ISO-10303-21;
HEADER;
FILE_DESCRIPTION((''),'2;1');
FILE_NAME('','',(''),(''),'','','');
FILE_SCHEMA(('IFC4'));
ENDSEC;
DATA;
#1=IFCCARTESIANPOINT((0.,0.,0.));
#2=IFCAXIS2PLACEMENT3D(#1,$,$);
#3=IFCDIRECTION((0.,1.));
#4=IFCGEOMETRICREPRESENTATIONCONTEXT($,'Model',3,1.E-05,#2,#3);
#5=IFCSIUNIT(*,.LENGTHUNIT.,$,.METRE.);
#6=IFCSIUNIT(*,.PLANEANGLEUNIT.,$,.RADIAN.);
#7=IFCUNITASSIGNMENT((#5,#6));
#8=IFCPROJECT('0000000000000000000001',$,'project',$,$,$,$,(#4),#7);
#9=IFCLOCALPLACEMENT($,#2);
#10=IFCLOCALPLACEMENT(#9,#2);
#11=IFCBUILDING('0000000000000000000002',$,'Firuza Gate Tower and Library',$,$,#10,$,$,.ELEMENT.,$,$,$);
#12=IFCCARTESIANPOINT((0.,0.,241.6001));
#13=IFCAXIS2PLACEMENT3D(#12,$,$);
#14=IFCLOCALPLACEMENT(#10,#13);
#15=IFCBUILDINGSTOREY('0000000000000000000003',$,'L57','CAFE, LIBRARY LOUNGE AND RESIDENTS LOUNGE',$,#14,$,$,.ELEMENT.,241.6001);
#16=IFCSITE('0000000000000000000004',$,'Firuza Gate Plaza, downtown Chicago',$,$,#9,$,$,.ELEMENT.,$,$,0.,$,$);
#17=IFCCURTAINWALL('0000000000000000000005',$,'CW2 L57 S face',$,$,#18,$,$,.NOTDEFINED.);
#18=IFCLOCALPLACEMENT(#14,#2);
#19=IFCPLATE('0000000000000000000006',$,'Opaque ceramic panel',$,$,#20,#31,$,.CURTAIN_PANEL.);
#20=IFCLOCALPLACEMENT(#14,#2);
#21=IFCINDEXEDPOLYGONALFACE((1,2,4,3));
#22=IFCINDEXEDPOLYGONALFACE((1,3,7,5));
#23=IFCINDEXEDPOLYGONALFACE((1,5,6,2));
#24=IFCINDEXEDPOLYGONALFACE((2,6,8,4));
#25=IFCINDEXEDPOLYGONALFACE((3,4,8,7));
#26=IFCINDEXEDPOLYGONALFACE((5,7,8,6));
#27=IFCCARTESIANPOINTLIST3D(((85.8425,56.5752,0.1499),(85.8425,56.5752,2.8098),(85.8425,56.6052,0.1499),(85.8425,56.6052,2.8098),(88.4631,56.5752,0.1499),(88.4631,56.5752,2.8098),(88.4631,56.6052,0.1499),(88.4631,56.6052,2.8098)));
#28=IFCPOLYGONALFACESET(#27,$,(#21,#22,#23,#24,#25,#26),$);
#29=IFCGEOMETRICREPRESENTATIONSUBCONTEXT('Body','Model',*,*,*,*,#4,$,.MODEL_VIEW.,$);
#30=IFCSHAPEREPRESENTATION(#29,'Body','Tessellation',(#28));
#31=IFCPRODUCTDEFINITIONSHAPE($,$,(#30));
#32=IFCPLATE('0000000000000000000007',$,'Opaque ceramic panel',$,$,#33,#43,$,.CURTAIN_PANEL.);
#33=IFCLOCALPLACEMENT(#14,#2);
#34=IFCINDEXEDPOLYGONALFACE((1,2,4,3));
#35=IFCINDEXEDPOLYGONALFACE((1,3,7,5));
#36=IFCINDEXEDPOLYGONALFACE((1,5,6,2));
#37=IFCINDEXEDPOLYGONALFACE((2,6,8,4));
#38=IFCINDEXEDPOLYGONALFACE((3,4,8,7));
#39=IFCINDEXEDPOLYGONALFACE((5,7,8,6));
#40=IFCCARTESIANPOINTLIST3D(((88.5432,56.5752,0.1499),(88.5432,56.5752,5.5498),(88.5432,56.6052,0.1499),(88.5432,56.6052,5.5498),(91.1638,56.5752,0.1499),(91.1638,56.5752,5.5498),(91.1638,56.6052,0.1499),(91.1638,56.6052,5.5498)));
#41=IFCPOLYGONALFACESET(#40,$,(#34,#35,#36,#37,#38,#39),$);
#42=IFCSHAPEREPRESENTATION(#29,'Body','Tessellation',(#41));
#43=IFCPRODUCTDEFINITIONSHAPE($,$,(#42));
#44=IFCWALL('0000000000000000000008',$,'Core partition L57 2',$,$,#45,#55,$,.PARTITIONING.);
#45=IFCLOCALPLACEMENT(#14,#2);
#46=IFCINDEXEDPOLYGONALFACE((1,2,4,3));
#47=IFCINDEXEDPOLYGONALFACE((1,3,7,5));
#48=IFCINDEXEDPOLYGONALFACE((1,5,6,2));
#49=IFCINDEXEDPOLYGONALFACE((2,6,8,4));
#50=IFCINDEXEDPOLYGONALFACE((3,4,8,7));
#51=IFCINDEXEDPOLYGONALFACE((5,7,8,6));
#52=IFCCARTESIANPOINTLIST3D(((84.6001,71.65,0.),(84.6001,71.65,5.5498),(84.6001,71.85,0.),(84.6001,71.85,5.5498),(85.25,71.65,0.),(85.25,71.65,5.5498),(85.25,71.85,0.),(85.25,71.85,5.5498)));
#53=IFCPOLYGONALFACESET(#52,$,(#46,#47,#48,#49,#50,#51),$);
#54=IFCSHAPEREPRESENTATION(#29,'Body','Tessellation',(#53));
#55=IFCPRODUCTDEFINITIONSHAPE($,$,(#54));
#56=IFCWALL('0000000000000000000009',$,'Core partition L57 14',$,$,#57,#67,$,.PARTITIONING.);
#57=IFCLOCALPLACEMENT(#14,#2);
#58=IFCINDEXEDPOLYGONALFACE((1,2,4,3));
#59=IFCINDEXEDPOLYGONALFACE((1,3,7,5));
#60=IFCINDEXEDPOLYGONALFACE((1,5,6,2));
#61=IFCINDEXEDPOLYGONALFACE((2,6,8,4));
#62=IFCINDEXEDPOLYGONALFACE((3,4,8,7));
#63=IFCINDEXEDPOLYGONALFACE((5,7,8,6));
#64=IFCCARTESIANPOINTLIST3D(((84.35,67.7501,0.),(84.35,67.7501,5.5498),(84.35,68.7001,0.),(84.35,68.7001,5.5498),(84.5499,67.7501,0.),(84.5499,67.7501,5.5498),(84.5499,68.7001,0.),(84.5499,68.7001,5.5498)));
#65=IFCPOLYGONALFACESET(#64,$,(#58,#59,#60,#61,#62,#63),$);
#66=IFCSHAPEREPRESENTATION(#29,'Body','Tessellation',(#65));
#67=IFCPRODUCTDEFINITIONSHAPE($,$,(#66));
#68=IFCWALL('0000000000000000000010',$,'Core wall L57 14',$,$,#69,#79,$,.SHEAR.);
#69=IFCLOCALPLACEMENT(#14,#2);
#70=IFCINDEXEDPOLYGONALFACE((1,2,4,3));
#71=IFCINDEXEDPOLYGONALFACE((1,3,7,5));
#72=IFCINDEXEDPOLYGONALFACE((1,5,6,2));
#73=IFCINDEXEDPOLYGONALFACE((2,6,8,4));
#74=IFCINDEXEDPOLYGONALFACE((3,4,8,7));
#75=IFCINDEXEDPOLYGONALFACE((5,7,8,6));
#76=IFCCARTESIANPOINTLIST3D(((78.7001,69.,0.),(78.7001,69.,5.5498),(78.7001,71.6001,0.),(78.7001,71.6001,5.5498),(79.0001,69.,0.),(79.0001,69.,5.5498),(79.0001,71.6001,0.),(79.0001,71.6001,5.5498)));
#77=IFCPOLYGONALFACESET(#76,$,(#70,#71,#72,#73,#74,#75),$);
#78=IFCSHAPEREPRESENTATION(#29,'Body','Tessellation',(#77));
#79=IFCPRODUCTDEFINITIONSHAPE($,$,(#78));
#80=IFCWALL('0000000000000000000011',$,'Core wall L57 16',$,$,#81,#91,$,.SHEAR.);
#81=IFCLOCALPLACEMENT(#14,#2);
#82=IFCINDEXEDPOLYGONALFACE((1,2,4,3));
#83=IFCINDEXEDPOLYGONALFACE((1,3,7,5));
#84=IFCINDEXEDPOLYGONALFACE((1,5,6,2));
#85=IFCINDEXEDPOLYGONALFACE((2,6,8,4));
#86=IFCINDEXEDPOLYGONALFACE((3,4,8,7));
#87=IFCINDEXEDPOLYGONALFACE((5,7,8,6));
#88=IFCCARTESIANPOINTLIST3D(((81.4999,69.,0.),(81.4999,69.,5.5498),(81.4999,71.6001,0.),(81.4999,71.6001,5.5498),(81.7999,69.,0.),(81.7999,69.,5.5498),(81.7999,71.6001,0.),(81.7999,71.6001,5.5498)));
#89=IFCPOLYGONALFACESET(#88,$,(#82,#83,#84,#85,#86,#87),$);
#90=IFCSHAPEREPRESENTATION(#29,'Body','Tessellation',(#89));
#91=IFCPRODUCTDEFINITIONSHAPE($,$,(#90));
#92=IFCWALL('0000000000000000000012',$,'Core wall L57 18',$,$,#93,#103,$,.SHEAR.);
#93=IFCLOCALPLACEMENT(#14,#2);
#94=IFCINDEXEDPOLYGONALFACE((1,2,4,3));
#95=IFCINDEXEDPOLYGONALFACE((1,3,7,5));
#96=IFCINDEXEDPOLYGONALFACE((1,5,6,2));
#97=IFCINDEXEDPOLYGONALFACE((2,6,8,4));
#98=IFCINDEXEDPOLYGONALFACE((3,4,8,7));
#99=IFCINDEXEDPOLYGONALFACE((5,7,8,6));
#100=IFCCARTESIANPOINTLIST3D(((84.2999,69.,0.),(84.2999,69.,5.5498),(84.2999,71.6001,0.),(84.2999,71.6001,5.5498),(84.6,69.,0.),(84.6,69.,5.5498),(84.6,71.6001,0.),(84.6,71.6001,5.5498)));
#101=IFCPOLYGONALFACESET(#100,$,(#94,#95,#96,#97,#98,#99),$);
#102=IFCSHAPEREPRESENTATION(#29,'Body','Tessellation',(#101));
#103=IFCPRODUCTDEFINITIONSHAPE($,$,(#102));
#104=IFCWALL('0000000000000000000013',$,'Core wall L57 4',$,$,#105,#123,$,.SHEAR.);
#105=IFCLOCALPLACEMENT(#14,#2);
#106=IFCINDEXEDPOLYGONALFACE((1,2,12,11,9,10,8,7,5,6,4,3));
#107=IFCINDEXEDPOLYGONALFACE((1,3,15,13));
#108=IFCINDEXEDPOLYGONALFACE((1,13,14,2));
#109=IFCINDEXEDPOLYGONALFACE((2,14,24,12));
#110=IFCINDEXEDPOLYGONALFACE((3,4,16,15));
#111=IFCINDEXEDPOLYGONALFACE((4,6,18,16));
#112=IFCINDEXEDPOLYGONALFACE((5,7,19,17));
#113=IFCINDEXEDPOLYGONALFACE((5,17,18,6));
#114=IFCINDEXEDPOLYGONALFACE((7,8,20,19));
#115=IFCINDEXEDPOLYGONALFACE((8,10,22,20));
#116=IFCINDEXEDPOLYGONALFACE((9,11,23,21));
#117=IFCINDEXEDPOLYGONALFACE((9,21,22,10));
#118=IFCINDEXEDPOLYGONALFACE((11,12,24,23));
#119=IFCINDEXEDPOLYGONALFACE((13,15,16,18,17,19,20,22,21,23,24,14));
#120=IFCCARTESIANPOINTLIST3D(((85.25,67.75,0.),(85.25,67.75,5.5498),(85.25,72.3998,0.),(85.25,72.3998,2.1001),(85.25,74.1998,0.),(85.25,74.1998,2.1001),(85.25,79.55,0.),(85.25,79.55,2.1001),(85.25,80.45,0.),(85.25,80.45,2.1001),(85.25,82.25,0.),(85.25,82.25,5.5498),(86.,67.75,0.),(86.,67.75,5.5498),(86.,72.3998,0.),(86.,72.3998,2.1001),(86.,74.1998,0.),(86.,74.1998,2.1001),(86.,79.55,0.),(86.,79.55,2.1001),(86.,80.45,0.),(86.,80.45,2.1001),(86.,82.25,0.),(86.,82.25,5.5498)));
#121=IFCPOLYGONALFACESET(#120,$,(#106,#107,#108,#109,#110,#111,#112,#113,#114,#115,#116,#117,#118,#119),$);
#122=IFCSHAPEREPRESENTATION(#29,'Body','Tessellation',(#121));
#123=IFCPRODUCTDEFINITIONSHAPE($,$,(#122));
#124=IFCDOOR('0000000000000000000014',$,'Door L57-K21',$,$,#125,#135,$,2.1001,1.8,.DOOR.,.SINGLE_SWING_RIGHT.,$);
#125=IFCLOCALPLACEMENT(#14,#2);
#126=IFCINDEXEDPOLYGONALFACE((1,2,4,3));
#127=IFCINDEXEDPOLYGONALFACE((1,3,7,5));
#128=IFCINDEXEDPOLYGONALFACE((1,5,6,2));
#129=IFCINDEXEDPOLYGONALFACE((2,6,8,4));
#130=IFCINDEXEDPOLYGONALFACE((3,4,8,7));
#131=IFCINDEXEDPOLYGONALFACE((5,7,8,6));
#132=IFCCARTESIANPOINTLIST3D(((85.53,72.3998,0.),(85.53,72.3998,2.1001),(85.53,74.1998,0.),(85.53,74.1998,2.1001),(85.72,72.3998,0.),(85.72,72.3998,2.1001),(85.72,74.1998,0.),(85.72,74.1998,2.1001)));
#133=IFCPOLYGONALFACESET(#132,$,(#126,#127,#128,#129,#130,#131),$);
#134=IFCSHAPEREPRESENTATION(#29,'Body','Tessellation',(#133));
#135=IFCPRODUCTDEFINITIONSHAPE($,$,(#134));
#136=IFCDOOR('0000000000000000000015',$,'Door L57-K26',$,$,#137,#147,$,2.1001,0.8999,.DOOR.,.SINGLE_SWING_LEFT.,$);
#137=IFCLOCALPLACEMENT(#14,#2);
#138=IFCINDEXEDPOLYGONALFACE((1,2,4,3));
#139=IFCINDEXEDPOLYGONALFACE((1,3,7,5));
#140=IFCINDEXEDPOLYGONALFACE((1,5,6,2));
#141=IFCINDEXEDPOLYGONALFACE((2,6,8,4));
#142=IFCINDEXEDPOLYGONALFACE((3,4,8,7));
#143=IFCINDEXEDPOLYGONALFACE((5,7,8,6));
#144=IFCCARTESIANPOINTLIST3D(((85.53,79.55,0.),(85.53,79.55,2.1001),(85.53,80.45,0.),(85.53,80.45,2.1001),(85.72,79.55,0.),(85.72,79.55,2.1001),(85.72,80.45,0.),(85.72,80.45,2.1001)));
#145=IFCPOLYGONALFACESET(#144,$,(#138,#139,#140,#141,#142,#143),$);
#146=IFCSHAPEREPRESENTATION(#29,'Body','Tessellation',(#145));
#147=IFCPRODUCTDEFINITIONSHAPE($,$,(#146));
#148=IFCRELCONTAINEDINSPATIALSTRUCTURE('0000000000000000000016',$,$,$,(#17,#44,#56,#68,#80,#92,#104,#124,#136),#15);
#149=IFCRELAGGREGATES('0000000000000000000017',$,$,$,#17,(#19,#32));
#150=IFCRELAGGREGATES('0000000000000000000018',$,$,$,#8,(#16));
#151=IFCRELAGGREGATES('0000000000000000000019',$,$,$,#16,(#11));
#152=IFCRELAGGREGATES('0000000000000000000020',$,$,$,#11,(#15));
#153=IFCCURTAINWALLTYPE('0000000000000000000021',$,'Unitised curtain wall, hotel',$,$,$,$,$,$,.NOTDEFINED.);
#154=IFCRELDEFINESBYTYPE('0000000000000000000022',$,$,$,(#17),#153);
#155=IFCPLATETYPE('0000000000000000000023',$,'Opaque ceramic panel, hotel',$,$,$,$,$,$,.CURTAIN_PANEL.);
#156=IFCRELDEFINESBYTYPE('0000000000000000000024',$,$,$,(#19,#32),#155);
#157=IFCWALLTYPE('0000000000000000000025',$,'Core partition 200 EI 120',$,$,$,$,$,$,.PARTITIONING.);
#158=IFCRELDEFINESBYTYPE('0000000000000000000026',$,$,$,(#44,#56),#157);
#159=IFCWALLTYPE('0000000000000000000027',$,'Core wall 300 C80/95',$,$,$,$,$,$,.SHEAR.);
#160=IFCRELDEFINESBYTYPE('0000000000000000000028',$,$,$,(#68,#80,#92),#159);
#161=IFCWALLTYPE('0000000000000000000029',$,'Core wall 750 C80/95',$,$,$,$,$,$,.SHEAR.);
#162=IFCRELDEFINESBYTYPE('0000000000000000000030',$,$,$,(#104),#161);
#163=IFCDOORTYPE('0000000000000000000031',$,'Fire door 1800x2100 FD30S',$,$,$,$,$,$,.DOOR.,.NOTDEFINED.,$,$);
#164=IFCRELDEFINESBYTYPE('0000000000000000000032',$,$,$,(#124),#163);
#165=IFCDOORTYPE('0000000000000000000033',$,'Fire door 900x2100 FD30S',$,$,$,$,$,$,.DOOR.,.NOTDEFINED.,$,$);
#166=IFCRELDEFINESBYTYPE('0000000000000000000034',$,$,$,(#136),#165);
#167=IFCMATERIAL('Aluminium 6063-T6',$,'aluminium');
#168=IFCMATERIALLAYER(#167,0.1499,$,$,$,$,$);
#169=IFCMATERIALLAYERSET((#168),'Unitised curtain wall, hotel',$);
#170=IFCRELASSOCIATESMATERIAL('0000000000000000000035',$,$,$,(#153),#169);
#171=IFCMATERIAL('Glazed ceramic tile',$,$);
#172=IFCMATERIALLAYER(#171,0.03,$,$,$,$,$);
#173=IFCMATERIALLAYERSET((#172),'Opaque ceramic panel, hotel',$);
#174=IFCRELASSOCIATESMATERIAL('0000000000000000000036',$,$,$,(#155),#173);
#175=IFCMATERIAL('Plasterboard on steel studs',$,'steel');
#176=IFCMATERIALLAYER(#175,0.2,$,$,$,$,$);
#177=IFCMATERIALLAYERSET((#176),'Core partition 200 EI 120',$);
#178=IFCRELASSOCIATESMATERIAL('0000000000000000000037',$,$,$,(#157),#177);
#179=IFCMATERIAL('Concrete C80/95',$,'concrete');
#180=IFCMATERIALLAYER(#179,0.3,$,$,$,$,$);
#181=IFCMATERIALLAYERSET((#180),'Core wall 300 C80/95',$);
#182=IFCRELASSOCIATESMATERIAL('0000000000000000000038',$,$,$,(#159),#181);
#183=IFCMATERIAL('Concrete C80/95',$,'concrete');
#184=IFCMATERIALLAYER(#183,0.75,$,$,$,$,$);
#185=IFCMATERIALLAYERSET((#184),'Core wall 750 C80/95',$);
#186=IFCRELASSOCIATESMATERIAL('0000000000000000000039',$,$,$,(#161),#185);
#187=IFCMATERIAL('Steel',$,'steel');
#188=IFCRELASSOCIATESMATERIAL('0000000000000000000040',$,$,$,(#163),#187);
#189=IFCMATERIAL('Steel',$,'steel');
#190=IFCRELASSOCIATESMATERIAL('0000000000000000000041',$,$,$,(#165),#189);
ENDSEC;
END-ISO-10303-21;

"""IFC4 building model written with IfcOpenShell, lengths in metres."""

from ifc_helpers import new_model, si_unit, direction, frame, frame_2d, origin, place, context, subcontext, project, spatial, polyline, rectangle, outline, extrude, material, layer, layer_set, type_object, element, fill, aggregate, save


model = new_model("IFC4")

# Units and contexts
model_context = context("Model", 3, precision=1e-05, world=origin(), true_north=direction((0.0, 1.0)))
body_context = subcontext(model_context, "Body", "Model", "MODEL_VIEW")
ifc_project = project(units=[si_unit("LENGTHUNIT", "METRE"), si_unit("PLANEANGLEUNIT", "RADIAN")], contexts=[model_context])

# Site, building, storey
site_placement = place(None, origin())
site = spatial("IfcSite", under=ifc_project, at=site_placement, Name="Firuza Gate Plaza, downtown Chicago", CompositionType="ELEMENT", RefElevation=0.0)
building_placement = place(site_placement, origin())
building = spatial("IfcBuilding", under=site, at=building_placement, Name="Firuza Gate Tower and Library", CompositionType="ELEMENT")
storey_placement = place(building_placement, frame((0.0, 0.0, 241.6001)))
storey = spatial("IfcBuildingStorey", under=building, at=storey_placement, Name="L57", Description="CAFE, LIBRARY LOUNGE AND RESIDENTS LOUNGE", CompositionType="ELEMENT", Elevation=241.6001)

# Curtain wall
ifc_material_1 = material(Name="Aluminium 6063-T6", Category="aluminium")
ifc_layer_1 = layer(ifc_material_1, 0.1499)
ifc_layer_set_1 = layer_set([ifc_layer_1], Name="Unitised curtain wall, hotel")
curtain_wall_type = type_object("IfcCurtainWallType", Name="Unitised curtain wall, hotel", PredefinedType="NOTDEFINED", material=ifc_layer_set_1)
curtain_wall_placement = place(storey_placement, origin())
curtain_wall = element("IfcCurtainWall", 1, at=curtain_wall_placement, inside=storey, type_object=curtain_wall_type, Name="CW2 L57 S face", PredefinedType="NOTDEFINED")

# Plates
ifc_material_2 = material(Name="Glazed ceramic tile")
ifc_layer_2 = layer(ifc_material_2, 0.03)
ifc_layer_set_2 = layer_set([ifc_layer_2], Name="Opaque ceramic panel, hotel")
plate_type_1 = type_object("IfcPlateType", Name="Opaque ceramic panel, hotel", PredefinedType="CURTAIN_PANEL", material=ifc_layer_set_2)
plate_1_placement = place(storey_placement, frame((85.8425, 56.5752, 0.1499), z_axis=(0.0, -1.0, 0.0), x_axis=(1.0, 0.0, 0.0)))
plate_1 = element("IfcPlate", 2, at=plate_1_placement, type_object=plate_type_1, Name="Opaque ceramic panel", PredefinedType="CURTAIN_PANEL", context=body_context, shape_type="SweptSolid", body=[
    extrude(outline(polyline([(0.0, 0.0), (2.6206, 0.0), (2.6206, 2.6599), (0.0, 2.6599), (0.0, 0.0)])), origin(), (0.0, 0.0, -1.0), 0.03),
])
plate_2_placement = place(storey_placement, frame((88.5432, 56.5752, 0.1499), z_axis=(0.0, -1.0, 0.0), x_axis=(1.0, 0.0, 0.0)))
plate_2 = element("IfcPlate", 3, at=plate_2_placement, type_object=plate_type_1, Name="Opaque ceramic panel", PredefinedType="CURTAIN_PANEL", context=body_context, shape_type="SweptSolid", body=[
    extrude(outline(polyline([(0.0, 0.0), (2.6206, 0.0), (2.6206, 5.3999), (0.0, 5.3999), (0.0, 0.0)])), origin(), (0.0, 0.0, -1.0), 0.03),
])
aggregate(curtain_wall, [plate_1, plate_2])

# Walls
ifc_material_3 = material(Name="Plasterboard on steel studs", Category="steel")
ifc_layer_3 = layer(ifc_material_3, 0.2)
ifc_layer_set_3 = layer_set([ifc_layer_3], Name="Core partition 200 EI 120")
wall_type_1 = type_object("IfcWallType", Name="Core partition 200 EI 120", PredefinedType="PARTITIONING", material=ifc_layer_set_3)
wall_1_placement = place(storey_placement, frame((84.6001, 71.75, 0.0), z_axis=(0.0, 0.0, 1.0), x_axis=(1.0, 0.0, 0.0)))
element("IfcWall", 4, at=wall_1_placement, inside=storey, type_object=wall_type_1, Name="Core partition L57 2", PredefinedType="PARTITIONING", context=body_context, shape_type="SweptSolid", body=[
    extrude(rectangle(XDim=0.6499, YDim=0.2, at=frame_2d((0.325, 0.0))), origin(), (0.0, 0.0, 1.0), 5.5498),
])
wall_2_placement = place(storey_placement, frame((84.45, 67.75, 0.0), z_axis=(0.0, 0.0, 1.0), x_axis=(0.0, 1.0, 0.0)))
element("IfcWall", 5, at=wall_2_placement, inside=storey, type_object=wall_type_1, Name="Core partition L57 14", PredefinedType="PARTITIONING", context=body_context, shape_type="SweptSolid", body=[
    extrude(rectangle(XDim=0.95, YDim=0.2, at=frame_2d((0.4751, 0.0))), origin(), (0.0, 0.0, 1.0), 5.5498),
])
ifc_material_4 = material(Name="Concrete C80/95", Category="concrete")
ifc_layer_4 = layer(ifc_material_4, 0.3)
ifc_layer_set_4 = layer_set([ifc_layer_4], Name="Core wall 300 C80/95")
wall_type_2 = type_object("IfcWallType", Name="Core wall 300 C80/95", PredefinedType="SHEAR", material=ifc_layer_set_4)
for number, where, z_axis, x_axis, name in (
    (6, (78.8501, 69.0, 0.0), (0.0, 0.0, 1.0), (0.0, 1.0, 0.0), "Core wall L57 14"),
    (7, (81.6499, 69.0, 0.0), (0.0, 0.0, 1.0), (0.0, 1.0, 0.0), "Core wall L57 16"),
    (8, (84.45, 69.0, 0.0), (0.0, 0.0, 1.0), (0.0, 1.0, 0.0), "Core wall L57 18"),
):
    element("IfcWall", number, at=place(storey_placement, frame(where, z_axis=z_axis, x_axis=x_axis)), inside=storey, type_object=wall_type_2, Name=name, PredefinedType="SHEAR", context=body_context, shape_type="SweptSolid", body=[
        extrude(rectangle(XDim=2.6001, YDim=0.3, at=frame_2d((1.3, 0.0))), origin(), (0.0, 0.0, 1.0), 5.5498),
    ])

# Wall, openings, doors
ifc_material_5 = material(Name="Concrete C80/95", Category="concrete")
ifc_layer_5 = layer(ifc_material_5, 0.75)
ifc_layer_set_5 = layer_set([ifc_layer_5], Name="Core wall 750 C80/95")
wall_type_3 = type_object("IfcWallType", Name="Core wall 750 C80/95", PredefinedType="SHEAR", material=ifc_layer_set_5)
wall_3_placement = place(storey_placement, frame((85.625, 67.75, 0.0), z_axis=(0.0, 0.0, 1.0), x_axis=(0.0, 1.0, 0.0)))
wall_3 = element("IfcWall", 9, at=wall_3_placement, inside=storey, type_object=wall_type_3, Name="Core wall L57 4", PredefinedType="SHEAR", context=body_context, shape_type="SweptSolid", body=[
    extrude(rectangle(XDim=14.5, YDim=0.75, at=frame_2d((7.25, 0.0))), origin(), (0.0, 0.0, 1.0), 5.5498),
])
opening_1_placement = place(wall_3_placement, frame((4.6499, 0.0, 0.0)))
opening_1 = element("IfcOpeningElement", 10, at=opening_1_placement, cuts=wall_3, PredefinedType="OPENING", context=body_context, shape_type="SweptSolid", body=[
    extrude(rectangle(XDim=1.8, YDim=2.1001, at=frame_2d((0.8999, 1.05))), frame((0.0, 0.385, 0.0), z_axis=(0.0, -1.0, 0.0), x_axis=(1.0, 0.0, 0.0)), (0.0, 0.0, 1.0), 0.77),
])
opening_2_placement = place(wall_3_placement, frame((11.8, 0.0, 0.0)))
opening_2 = element("IfcOpeningElement", 11, at=opening_2_placement, cuts=wall_3, PredefinedType="OPENING", context=body_context, shape_type="SweptSolid", body=[
    extrude(rectangle(XDim=0.8999, YDim=2.1001, at=frame_2d((0.45, 1.05))), frame((0.0, 0.385, 0.0), z_axis=(0.0, -1.0, 0.0), x_axis=(1.0, 0.0, 0.0)), (0.0, 0.0, 1.0), 0.77),
])
ifc_material_6 = material(Name="Steel", Category="steel")
door_type_1 = type_object("IfcDoorType", Name="Fire door 1800x2100 FD30S", OperationType="NOTDEFINED", PredefinedType="DOOR", material=ifc_material_6)
door_1_placement = place(opening_1_placement, origin())
door_1 = element("IfcDoor", 12, at=door_1_placement, inside=storey, type_object=door_type_1, Name="Door L57-K21", OperationType="SINGLE_SWING_RIGHT", OverallHeight=2.1001, OverallWidth=1.8, PredefinedType="DOOR", context=body_context, shape_type="SweptSolid", body=[
    extrude(rectangle(XDim=1.8, YDim=2.1001, at=frame_2d((0.8999, 1.05))), frame((0.0, 0.095, 0.0), z_axis=(0.0, -1.0, 0.0), x_axis=(1.0, 0.0, 0.0)), (0.0, 0.0, 1.0), 0.1899),
])
fill(opening_1, door_1)
ifc_material_7 = material(Name="Steel", Category="steel")
door_type_2 = type_object("IfcDoorType", Name="Fire door 900x2100 FD30S", OperationType="NOTDEFINED", PredefinedType="DOOR", material=ifc_material_7)
door_2_placement = place(opening_2_placement, origin())
door_2 = element("IfcDoor", 13, at=door_2_placement, inside=storey, type_object=door_type_2, Name="Door L57-K26", OperationType="SINGLE_SWING_LEFT", OverallHeight=2.1001, OverallWidth=0.8999, PredefinedType="DOOR", context=body_context, shape_type="SweptSolid", body=[
    extrude(rectangle(XDim=0.8999, YDim=2.1001, at=frame_2d((0.45, 1.05))), frame((0.0, 0.095, 0.0), z_axis=(0.0, -1.0, 0.0), x_axis=(1.0, 0.0, 0.0)), (0.0, 0.0, 1.0), 0.1899),
])
fill(opening_2, door_2)

save(model, "model.ifc")
